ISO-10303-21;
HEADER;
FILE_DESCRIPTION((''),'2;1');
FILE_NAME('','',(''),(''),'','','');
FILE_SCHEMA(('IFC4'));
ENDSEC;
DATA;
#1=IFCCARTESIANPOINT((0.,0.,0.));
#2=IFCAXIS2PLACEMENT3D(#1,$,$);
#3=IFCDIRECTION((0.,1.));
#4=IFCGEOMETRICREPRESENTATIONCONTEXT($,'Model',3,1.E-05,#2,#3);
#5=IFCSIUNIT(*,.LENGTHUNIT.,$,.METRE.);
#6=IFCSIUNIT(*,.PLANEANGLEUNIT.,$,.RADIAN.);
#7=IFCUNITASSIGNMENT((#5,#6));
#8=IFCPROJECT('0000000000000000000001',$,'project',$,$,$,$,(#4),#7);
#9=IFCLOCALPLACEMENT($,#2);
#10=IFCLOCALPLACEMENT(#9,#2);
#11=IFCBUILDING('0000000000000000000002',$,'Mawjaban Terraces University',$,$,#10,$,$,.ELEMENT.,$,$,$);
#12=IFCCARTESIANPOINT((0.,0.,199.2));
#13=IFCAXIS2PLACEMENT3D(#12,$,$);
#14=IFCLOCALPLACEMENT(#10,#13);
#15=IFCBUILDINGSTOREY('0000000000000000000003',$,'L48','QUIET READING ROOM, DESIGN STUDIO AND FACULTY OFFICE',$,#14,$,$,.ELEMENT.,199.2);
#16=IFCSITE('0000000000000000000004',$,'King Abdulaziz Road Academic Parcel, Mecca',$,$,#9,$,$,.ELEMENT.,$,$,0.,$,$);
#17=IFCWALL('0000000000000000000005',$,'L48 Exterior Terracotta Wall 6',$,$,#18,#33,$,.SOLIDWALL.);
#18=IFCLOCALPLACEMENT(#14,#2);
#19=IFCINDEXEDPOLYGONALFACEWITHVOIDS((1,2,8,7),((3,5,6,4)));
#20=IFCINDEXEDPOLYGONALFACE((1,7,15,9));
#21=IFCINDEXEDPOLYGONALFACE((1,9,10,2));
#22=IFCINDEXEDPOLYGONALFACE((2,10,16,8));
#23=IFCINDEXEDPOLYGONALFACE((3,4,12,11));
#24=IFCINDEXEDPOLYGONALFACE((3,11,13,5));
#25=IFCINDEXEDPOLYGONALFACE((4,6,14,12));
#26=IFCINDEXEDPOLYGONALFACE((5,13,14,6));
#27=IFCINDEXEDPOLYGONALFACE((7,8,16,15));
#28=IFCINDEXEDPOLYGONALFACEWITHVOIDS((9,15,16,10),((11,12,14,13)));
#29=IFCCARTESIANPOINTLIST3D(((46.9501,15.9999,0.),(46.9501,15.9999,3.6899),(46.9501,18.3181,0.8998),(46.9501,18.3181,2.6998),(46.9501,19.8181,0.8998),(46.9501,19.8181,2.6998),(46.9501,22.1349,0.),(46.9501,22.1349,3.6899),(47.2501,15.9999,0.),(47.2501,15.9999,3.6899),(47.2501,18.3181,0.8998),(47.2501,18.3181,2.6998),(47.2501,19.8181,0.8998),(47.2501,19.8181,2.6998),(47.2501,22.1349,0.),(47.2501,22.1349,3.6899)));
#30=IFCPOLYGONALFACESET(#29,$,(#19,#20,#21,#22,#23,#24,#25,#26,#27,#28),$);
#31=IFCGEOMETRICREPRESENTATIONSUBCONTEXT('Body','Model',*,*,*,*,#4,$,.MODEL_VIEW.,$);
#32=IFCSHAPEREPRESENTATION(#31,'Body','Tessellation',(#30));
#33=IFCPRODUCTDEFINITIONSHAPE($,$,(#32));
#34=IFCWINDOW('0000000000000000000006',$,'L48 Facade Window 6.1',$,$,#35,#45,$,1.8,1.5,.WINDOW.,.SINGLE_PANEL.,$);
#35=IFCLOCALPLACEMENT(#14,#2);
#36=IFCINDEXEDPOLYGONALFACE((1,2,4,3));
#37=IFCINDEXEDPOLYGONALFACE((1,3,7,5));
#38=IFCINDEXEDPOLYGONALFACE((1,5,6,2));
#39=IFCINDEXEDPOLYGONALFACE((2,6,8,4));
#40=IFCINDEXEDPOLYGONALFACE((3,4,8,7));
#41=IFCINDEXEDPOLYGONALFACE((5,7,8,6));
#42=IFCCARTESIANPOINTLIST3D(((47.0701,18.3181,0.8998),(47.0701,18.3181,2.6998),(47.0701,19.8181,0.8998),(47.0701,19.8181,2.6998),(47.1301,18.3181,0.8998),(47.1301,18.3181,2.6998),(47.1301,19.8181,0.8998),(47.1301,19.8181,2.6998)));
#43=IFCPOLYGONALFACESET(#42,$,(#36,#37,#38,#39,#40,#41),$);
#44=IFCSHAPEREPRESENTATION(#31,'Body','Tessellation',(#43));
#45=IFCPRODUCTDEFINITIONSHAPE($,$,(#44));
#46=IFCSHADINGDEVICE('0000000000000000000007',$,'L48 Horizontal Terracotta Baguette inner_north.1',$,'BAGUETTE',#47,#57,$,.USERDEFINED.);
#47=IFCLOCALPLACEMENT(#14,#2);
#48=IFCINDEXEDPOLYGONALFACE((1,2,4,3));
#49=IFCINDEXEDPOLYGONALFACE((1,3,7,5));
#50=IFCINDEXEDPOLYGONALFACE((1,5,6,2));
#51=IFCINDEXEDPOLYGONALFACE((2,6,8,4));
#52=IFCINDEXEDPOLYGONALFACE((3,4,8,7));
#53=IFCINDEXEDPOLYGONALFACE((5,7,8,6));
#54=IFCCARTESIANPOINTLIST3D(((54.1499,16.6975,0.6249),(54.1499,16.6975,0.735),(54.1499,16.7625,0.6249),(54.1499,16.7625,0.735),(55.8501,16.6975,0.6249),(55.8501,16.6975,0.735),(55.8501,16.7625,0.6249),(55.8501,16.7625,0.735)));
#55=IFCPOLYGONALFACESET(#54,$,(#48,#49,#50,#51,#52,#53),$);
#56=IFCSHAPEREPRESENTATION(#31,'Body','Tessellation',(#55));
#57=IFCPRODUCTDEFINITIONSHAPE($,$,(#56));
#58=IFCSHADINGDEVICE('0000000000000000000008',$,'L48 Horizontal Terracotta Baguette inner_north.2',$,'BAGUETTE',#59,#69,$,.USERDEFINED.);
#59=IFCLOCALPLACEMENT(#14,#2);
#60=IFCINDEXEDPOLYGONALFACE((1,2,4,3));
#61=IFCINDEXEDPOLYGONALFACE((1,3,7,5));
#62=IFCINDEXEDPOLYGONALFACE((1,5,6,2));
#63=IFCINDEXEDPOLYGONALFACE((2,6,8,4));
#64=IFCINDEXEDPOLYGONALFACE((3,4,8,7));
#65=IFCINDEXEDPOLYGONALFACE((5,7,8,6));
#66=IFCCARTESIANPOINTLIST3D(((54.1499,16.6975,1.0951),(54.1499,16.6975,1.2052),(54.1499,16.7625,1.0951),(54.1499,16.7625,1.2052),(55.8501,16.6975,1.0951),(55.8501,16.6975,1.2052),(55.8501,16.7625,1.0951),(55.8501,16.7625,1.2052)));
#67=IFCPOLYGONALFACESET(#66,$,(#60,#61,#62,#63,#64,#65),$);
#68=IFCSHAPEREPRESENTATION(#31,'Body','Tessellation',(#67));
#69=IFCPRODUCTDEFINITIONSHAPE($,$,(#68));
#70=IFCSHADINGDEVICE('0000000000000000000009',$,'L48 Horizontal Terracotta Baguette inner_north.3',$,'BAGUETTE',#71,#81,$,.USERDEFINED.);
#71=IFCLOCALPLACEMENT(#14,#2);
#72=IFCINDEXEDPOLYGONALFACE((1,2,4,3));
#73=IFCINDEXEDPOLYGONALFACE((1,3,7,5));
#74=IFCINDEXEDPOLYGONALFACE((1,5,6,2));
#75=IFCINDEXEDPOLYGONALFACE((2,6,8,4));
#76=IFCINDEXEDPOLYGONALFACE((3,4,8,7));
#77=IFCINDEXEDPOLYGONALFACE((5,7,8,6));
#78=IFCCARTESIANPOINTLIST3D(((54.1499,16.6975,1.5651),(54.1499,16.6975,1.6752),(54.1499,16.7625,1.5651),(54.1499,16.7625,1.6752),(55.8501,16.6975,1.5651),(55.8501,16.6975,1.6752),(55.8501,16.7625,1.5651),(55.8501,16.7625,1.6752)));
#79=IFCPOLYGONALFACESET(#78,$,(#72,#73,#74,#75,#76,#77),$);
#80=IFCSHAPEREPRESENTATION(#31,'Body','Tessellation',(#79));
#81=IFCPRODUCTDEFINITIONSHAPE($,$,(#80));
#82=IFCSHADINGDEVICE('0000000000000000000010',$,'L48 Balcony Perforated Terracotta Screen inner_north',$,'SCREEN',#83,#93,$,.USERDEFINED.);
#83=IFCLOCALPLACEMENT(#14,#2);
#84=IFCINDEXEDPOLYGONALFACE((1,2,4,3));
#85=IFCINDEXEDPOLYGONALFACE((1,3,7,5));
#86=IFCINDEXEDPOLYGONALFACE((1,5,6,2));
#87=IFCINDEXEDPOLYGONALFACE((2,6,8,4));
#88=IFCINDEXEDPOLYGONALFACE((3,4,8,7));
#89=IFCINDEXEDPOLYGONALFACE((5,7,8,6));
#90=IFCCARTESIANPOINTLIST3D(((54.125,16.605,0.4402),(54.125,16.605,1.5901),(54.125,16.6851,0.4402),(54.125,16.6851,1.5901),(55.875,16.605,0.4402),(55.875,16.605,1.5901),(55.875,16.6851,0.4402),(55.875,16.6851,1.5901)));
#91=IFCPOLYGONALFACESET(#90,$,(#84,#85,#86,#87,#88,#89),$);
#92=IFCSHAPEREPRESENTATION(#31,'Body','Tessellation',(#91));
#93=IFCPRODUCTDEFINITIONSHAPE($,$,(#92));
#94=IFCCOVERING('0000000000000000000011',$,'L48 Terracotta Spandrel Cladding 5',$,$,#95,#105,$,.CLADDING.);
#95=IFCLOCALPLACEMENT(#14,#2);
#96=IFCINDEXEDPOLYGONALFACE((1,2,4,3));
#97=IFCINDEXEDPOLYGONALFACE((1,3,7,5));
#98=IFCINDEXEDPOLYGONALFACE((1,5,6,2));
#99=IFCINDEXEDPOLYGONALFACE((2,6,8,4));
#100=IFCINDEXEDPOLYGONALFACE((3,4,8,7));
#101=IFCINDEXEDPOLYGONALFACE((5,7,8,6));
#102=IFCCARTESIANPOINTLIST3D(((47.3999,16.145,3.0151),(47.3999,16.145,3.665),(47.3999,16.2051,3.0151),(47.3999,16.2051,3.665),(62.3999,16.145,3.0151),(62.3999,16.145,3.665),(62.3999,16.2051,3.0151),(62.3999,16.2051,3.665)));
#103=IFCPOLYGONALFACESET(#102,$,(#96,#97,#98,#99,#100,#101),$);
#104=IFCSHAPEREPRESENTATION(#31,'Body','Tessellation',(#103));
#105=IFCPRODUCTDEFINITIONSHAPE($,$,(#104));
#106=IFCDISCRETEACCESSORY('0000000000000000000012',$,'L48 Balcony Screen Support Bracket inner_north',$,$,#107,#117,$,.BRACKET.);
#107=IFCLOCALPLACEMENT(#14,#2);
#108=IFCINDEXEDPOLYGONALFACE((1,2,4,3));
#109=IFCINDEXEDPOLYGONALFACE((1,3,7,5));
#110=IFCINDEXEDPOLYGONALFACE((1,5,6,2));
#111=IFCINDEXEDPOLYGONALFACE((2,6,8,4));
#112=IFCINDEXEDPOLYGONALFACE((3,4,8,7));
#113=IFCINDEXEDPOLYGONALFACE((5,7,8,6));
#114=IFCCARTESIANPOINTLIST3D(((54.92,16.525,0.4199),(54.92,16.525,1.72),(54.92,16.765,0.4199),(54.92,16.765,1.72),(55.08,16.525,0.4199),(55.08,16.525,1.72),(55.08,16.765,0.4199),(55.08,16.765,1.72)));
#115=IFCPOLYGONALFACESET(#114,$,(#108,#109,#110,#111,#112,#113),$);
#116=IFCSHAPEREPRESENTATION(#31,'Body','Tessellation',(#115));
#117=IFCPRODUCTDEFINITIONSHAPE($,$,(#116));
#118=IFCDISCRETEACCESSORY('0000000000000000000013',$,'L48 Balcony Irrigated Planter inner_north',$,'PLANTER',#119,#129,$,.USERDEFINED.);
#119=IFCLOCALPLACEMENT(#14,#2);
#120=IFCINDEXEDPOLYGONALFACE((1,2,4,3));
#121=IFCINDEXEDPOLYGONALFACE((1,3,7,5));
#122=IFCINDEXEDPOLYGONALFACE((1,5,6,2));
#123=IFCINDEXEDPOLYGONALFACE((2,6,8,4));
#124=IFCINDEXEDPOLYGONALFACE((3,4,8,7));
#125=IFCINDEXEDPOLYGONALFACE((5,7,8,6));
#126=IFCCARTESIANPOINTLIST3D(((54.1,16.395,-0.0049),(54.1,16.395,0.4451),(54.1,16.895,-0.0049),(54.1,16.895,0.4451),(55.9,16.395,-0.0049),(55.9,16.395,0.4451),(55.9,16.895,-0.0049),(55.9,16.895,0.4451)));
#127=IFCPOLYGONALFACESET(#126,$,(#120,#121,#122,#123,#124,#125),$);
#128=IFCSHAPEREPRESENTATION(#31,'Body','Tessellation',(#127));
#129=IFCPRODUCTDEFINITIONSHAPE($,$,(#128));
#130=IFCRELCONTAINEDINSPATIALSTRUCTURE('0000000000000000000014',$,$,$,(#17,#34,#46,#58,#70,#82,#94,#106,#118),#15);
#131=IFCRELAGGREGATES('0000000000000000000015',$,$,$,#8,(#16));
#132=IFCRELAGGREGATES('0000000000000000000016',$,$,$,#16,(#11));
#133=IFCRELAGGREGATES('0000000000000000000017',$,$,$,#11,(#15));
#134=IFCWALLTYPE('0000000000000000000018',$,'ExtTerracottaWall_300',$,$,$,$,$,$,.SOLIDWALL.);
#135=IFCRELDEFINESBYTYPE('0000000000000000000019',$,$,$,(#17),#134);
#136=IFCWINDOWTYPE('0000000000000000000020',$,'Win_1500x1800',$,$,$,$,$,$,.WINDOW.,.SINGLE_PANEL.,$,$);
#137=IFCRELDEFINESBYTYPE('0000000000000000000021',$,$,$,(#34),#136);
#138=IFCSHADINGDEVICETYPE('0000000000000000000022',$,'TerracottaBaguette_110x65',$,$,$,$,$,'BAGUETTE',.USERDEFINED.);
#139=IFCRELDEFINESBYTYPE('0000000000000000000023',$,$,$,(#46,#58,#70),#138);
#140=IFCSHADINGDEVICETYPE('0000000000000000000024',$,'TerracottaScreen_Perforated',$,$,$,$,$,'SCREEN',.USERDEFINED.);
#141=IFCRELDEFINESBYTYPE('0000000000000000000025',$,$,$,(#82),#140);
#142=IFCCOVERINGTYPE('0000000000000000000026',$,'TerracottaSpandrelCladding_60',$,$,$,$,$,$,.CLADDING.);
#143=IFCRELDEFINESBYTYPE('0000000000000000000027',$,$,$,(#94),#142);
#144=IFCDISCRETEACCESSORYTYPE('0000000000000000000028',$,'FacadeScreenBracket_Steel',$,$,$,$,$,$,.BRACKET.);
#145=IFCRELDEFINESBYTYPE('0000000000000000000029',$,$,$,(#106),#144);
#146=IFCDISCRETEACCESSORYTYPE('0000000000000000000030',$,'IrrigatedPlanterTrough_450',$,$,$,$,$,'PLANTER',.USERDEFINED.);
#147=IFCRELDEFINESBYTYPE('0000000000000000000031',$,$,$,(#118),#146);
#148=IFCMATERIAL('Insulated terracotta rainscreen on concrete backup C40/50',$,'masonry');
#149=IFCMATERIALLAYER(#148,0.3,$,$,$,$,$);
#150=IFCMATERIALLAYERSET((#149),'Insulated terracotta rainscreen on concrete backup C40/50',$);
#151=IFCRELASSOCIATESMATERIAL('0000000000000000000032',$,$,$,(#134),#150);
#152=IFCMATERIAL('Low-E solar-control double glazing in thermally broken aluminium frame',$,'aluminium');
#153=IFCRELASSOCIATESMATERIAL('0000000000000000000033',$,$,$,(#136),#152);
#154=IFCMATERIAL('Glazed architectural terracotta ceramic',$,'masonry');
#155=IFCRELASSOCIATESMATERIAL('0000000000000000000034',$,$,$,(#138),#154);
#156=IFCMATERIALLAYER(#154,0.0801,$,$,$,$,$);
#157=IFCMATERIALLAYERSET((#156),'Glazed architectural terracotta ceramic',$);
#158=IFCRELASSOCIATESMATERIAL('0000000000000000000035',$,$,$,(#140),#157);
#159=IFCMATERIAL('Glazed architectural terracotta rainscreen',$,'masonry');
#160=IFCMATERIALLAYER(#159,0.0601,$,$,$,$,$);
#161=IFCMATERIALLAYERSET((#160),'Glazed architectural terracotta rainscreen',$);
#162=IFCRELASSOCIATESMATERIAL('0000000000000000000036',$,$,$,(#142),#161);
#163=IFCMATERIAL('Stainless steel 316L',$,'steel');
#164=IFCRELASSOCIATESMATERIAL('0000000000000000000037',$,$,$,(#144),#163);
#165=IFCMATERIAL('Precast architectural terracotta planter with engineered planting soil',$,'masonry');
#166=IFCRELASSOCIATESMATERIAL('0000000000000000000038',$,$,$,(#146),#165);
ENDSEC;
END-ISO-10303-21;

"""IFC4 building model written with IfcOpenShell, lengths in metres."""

from ifc_helpers import new_model, si_unit, direction, frame, frame_2d, origin, origin_2d, place, context, subcontext, project, spatial, rectangle, extrude, material, layer, layer_set, material_profile, profile_set, type_object, element, fill, save


model = new_model("IFC4")

# Units and contexts
model_context = context("Model", 3, precision=1e-05, world=origin(), true_north=direction((0.0, 1.0)))
body_context = subcontext(model_context, "Body", "Model", "MODEL_VIEW")
ifc_project = project(units=[si_unit("LENGTHUNIT", "METRE"), si_unit("PLANEANGLEUNIT", "RADIAN")], contexts=[model_context])

# Site, building, storey
site_placement = place(None, origin())
site = spatial("IfcSite", under=ifc_project, at=site_placement, Name="King Abdulaziz Road Academic Parcel, Mecca", CompositionType="ELEMENT", RefElevation=0.0)
building_placement = place(site_placement, origin())
building = spatial("IfcBuilding", under=site, at=building_placement, Name="Mawjaban Terraces University", CompositionType="ELEMENT")
storey_placement = place(building_placement, frame((0.0, 0.0, 199.2)))
storey = spatial("IfcBuildingStorey", under=building, at=storey_placement, Name="L48", Description="QUIET READING ROOM, DESIGN STUDIO AND FACULTY OFFICE", CompositionType="ELEMENT", Elevation=199.2)

# Shared definitions
ifc_material_1 = material(Name="Insulated terracotta rainscreen on concrete backup C40/50", Category="masonry")
ifc_layer_1 = layer(ifc_material_1, 0.3)
ifc_layer_set_1 = layer_set([ifc_layer_1], Name="Insulated terracotta rainscreen on concrete backup C40/50")
wall_type = type_object("IfcWallType", Name="ExtTerracottaWall_300", PredefinedType="SOLIDWALL", material=ifc_layer_set_1)
ifc_material_2 = material(Name="Low-E solar-control double glazing in thermally broken aluminium frame", Category="aluminium")

# Wall, opening, window
wall_1_placement = place(storey_placement, frame((47.1001, 16.0, 0.0), z_axis=(0.0, 0.0, 1.0), x_axis=(0.0, 1.0, 0.0)))
wall_1 = element("IfcWall", 1, at=wall_1_placement, inside=storey, type_object=wall_type, Name="L48 Exterior Terracotta Wall 6", PredefinedType="SOLIDWALL", context=body_context, shape_type="SweptSolid", body=[
    extrude(rectangle(XDim=6.135, YDim=0.3, at=frame_2d((3.0674, 0.0))), origin(), (0.0, 0.0, 1.0), 3.6899),
])
opening_1_placement = place(wall_1_placement, frame((2.3181, 0.0, 0.8999)))
opening_1 = element("IfcOpeningElement", 2, at=opening_1_placement, cuts=wall_1, PredefinedType="OPENING", context=body_context, shape_type="SweptSolid", body=[
    extrude(rectangle(XDim=1.5, YDim=1.8, at=frame_2d((0.75, 0.8999))), frame((0.0, 0.1599, 0.0), z_axis=(0.0, -1.0, 0.0), x_axis=(1.0, 0.0, 0.0)), (0.0, 0.0, 1.0), 0.3201),
])
window_type_1 = type_object("IfcWindowType", Name="Win_1500x1800", PartitioningType="SINGLE_PANEL", PredefinedType="WINDOW", material=ifc_material_2)
window_1_placement = place(opening_1_placement, origin())
window_1 = element("IfcWindow", 3, at=window_1_placement, inside=storey, type_object=window_type_1, Name="L48 Facade Window 6.1", OverallHeight=1.8, OverallWidth=1.5, PartitioningType="SINGLE_PANEL", PredefinedType="WINDOW", context=body_context, shape_type="SweptSolid", body=[
    extrude(rectangle(XDim=1.5, YDim=1.8, at=frame_2d((0.75, 0.8999))), frame((0.0, 0.03, 0.0), z_axis=(0.0, -1.0, 0.0), x_axis=(1.0, 0.0, 0.0)), (0.0, 0.0, 1.0), 0.0601),
])
fill(opening_1, window_1)

# Shading devices
ifc_material_3 = material(Name="Glazed architectural terracotta ceramic", Category="masonry")
ifc_material_profile_1 = material_profile(ifc_material_3, rectangle(XDim=0.0649, YDim=0.1101, at=origin_2d()), Name="TBAG110X65")
ifc_profile_set_1 = profile_set([ifc_material_profile_1], Name="Glazed architectural terracotta ceramic")
shading_device_type_1 = type_object("IfcShadingDeviceType", Name="TerracottaBaguette_110x65", ElementType="BAGUETTE", PredefinedType="USERDEFINED", material=ifc_profile_set_1)
for number, where, z_axis, x_axis, name in (
    (4, (54.1499, 16.73, 0.6799), (1.0, 0.0, 0.0), (0.0, 1.0, 0.0), "L48 Horizontal Terracotta Baguette inner_north.1"),
    (5, (54.1499, 16.73, 1.1501), (1.0, 0.0, 0.0), (0.0, 1.0, 0.0), "L48 Horizontal Terracotta Baguette inner_north.2"),
    (6, (54.1499, 16.73, 1.6201), (1.0, 0.0, 0.0), (0.0, 1.0, 0.0), "L48 Horizontal Terracotta Baguette inner_north.3"),
):
    element("IfcShadingDevice", number, at=place(storey_placement, frame(where, z_axis=z_axis, x_axis=x_axis)), inside=storey, type_object=shading_device_type_1, Name=name, ObjectType="BAGUETTE", PredefinedType="USERDEFINED", context=body_context, shape_type="SweptSolid", body=[
        extrude(rectangle(XDim=0.0649, YDim=0.1101, at=origin_2d()), origin(), (0.0, 0.0, 1.0), 1.7002),
    ])
ifc_layer_2 = layer(ifc_material_3, 0.0801)
ifc_layer_set_2 = layer_set([ifc_layer_2], Name="Glazed architectural terracotta ceramic")
shading_device_type_2 = type_object("IfcShadingDeviceType", Name="TerracottaScreen_Perforated", ElementType="SCREEN", PredefinedType="USERDEFINED", material=ifc_layer_set_2)
shading_device_placement = place(storey_placement, frame((55.0, 16.645, 0.4402), z_axis=(0.0, 0.0, 1.0), x_axis=(1.0, 0.0, 0.0)))
element("IfcShadingDevice", 7, at=shading_device_placement, inside=storey, type_object=shading_device_type_2, Name="L48 Balcony Perforated Terracotta Screen inner_north", ObjectType="SCREEN", PredefinedType="USERDEFINED", context=body_context, shape_type="SweptSolid", body=[
    extrude(rectangle(XDim=1.75, YDim=0.0801, at=origin_2d()), origin(), (0.0, 0.0, 1.0), 1.1499),
])

# Covering
ifc_material_4 = material(Name="Glazed architectural terracotta rainscreen", Category="masonry")
ifc_layer_3 = layer(ifc_material_4, 0.0601)
ifc_layer_set_3 = layer_set([ifc_layer_3], Name="Glazed architectural terracotta rainscreen")
covering_type = type_object("IfcCoveringType", Name="TerracottaSpandrelCladding_60", PredefinedType="CLADDING", material=ifc_layer_set_3)
covering_placement = place(storey_placement, frame((54.8999, 16.175, 3.0151), z_axis=(0.0, 0.0, 1.0), x_axis=(-1.0, 0.0, 0.0)))
element("IfcCovering", 8, at=covering_placement, inside=storey, type_object=covering_type, Name="L48 Terracotta Spandrel Cladding 5", PredefinedType="CLADDING", context=body_context, shape_type="SweptSolid", body=[
    extrude(rectangle(XDim=15.0, YDim=0.0601, at=origin_2d()), origin(), (0.0, 0.0, 1.0), 0.6499),
])

# Discrete accessories
ifc_material_5 = material(Name="Stainless steel 316L", Category="steel")
discrete_accessory_type_1 = type_object("IfcDiscreteAccessoryType", Name="FacadeScreenBracket_Steel", PredefinedType="BRACKET", material=ifc_material_5)
discrete_accessory_1_placement = place(storey_placement, frame((55.0, 16.645, 0.4199), z_axis=(0.0, 0.0, 1.0), x_axis=(1.0, 0.0, 0.0)))
element("IfcDiscreteAccessory", 9, at=discrete_accessory_1_placement, inside=storey, type_object=discrete_accessory_type_1, Name="L48 Balcony Screen Support Bracket inner_north", PredefinedType="BRACKET", context=body_context, shape_type="SweptSolid", body=[
    extrude(rectangle(XDim=0.1599, YDim=0.24, at=origin_2d()), origin(), (0.0, 0.0, 1.0), 1.3),
])
ifc_material_6 = material(Name="Precast architectural terracotta planter with engineered planting soil", Category="masonry")
discrete_accessory_type_2 = type_object("IfcDiscreteAccessoryType", Name="IrrigatedPlanterTrough_450", ElementType="PLANTER", PredefinedType="USERDEFINED", material=ifc_material_6)
discrete_accessory_2_placement = place(storey_placement, frame((55.0, 16.645, -0.0049), z_axis=(0.0, 0.0, 1.0), x_axis=(1.0, 0.0, 0.0)))
element("IfcDiscreteAccessory", 10, at=discrete_accessory_2_placement, inside=storey, type_object=discrete_accessory_type_2, Name="L48 Balcony Irrigated Planter inner_north", ObjectType="PLANTER", PredefinedType="USERDEFINED", context=body_context, shape_type="SweptSolid", body=[
    extrude(rectangle(XDim=1.8, YDim=0.5, at=origin_2d()), origin(), (0.0, 0.0, 1.0), 0.45),
])

save(model, "model.ifc")
